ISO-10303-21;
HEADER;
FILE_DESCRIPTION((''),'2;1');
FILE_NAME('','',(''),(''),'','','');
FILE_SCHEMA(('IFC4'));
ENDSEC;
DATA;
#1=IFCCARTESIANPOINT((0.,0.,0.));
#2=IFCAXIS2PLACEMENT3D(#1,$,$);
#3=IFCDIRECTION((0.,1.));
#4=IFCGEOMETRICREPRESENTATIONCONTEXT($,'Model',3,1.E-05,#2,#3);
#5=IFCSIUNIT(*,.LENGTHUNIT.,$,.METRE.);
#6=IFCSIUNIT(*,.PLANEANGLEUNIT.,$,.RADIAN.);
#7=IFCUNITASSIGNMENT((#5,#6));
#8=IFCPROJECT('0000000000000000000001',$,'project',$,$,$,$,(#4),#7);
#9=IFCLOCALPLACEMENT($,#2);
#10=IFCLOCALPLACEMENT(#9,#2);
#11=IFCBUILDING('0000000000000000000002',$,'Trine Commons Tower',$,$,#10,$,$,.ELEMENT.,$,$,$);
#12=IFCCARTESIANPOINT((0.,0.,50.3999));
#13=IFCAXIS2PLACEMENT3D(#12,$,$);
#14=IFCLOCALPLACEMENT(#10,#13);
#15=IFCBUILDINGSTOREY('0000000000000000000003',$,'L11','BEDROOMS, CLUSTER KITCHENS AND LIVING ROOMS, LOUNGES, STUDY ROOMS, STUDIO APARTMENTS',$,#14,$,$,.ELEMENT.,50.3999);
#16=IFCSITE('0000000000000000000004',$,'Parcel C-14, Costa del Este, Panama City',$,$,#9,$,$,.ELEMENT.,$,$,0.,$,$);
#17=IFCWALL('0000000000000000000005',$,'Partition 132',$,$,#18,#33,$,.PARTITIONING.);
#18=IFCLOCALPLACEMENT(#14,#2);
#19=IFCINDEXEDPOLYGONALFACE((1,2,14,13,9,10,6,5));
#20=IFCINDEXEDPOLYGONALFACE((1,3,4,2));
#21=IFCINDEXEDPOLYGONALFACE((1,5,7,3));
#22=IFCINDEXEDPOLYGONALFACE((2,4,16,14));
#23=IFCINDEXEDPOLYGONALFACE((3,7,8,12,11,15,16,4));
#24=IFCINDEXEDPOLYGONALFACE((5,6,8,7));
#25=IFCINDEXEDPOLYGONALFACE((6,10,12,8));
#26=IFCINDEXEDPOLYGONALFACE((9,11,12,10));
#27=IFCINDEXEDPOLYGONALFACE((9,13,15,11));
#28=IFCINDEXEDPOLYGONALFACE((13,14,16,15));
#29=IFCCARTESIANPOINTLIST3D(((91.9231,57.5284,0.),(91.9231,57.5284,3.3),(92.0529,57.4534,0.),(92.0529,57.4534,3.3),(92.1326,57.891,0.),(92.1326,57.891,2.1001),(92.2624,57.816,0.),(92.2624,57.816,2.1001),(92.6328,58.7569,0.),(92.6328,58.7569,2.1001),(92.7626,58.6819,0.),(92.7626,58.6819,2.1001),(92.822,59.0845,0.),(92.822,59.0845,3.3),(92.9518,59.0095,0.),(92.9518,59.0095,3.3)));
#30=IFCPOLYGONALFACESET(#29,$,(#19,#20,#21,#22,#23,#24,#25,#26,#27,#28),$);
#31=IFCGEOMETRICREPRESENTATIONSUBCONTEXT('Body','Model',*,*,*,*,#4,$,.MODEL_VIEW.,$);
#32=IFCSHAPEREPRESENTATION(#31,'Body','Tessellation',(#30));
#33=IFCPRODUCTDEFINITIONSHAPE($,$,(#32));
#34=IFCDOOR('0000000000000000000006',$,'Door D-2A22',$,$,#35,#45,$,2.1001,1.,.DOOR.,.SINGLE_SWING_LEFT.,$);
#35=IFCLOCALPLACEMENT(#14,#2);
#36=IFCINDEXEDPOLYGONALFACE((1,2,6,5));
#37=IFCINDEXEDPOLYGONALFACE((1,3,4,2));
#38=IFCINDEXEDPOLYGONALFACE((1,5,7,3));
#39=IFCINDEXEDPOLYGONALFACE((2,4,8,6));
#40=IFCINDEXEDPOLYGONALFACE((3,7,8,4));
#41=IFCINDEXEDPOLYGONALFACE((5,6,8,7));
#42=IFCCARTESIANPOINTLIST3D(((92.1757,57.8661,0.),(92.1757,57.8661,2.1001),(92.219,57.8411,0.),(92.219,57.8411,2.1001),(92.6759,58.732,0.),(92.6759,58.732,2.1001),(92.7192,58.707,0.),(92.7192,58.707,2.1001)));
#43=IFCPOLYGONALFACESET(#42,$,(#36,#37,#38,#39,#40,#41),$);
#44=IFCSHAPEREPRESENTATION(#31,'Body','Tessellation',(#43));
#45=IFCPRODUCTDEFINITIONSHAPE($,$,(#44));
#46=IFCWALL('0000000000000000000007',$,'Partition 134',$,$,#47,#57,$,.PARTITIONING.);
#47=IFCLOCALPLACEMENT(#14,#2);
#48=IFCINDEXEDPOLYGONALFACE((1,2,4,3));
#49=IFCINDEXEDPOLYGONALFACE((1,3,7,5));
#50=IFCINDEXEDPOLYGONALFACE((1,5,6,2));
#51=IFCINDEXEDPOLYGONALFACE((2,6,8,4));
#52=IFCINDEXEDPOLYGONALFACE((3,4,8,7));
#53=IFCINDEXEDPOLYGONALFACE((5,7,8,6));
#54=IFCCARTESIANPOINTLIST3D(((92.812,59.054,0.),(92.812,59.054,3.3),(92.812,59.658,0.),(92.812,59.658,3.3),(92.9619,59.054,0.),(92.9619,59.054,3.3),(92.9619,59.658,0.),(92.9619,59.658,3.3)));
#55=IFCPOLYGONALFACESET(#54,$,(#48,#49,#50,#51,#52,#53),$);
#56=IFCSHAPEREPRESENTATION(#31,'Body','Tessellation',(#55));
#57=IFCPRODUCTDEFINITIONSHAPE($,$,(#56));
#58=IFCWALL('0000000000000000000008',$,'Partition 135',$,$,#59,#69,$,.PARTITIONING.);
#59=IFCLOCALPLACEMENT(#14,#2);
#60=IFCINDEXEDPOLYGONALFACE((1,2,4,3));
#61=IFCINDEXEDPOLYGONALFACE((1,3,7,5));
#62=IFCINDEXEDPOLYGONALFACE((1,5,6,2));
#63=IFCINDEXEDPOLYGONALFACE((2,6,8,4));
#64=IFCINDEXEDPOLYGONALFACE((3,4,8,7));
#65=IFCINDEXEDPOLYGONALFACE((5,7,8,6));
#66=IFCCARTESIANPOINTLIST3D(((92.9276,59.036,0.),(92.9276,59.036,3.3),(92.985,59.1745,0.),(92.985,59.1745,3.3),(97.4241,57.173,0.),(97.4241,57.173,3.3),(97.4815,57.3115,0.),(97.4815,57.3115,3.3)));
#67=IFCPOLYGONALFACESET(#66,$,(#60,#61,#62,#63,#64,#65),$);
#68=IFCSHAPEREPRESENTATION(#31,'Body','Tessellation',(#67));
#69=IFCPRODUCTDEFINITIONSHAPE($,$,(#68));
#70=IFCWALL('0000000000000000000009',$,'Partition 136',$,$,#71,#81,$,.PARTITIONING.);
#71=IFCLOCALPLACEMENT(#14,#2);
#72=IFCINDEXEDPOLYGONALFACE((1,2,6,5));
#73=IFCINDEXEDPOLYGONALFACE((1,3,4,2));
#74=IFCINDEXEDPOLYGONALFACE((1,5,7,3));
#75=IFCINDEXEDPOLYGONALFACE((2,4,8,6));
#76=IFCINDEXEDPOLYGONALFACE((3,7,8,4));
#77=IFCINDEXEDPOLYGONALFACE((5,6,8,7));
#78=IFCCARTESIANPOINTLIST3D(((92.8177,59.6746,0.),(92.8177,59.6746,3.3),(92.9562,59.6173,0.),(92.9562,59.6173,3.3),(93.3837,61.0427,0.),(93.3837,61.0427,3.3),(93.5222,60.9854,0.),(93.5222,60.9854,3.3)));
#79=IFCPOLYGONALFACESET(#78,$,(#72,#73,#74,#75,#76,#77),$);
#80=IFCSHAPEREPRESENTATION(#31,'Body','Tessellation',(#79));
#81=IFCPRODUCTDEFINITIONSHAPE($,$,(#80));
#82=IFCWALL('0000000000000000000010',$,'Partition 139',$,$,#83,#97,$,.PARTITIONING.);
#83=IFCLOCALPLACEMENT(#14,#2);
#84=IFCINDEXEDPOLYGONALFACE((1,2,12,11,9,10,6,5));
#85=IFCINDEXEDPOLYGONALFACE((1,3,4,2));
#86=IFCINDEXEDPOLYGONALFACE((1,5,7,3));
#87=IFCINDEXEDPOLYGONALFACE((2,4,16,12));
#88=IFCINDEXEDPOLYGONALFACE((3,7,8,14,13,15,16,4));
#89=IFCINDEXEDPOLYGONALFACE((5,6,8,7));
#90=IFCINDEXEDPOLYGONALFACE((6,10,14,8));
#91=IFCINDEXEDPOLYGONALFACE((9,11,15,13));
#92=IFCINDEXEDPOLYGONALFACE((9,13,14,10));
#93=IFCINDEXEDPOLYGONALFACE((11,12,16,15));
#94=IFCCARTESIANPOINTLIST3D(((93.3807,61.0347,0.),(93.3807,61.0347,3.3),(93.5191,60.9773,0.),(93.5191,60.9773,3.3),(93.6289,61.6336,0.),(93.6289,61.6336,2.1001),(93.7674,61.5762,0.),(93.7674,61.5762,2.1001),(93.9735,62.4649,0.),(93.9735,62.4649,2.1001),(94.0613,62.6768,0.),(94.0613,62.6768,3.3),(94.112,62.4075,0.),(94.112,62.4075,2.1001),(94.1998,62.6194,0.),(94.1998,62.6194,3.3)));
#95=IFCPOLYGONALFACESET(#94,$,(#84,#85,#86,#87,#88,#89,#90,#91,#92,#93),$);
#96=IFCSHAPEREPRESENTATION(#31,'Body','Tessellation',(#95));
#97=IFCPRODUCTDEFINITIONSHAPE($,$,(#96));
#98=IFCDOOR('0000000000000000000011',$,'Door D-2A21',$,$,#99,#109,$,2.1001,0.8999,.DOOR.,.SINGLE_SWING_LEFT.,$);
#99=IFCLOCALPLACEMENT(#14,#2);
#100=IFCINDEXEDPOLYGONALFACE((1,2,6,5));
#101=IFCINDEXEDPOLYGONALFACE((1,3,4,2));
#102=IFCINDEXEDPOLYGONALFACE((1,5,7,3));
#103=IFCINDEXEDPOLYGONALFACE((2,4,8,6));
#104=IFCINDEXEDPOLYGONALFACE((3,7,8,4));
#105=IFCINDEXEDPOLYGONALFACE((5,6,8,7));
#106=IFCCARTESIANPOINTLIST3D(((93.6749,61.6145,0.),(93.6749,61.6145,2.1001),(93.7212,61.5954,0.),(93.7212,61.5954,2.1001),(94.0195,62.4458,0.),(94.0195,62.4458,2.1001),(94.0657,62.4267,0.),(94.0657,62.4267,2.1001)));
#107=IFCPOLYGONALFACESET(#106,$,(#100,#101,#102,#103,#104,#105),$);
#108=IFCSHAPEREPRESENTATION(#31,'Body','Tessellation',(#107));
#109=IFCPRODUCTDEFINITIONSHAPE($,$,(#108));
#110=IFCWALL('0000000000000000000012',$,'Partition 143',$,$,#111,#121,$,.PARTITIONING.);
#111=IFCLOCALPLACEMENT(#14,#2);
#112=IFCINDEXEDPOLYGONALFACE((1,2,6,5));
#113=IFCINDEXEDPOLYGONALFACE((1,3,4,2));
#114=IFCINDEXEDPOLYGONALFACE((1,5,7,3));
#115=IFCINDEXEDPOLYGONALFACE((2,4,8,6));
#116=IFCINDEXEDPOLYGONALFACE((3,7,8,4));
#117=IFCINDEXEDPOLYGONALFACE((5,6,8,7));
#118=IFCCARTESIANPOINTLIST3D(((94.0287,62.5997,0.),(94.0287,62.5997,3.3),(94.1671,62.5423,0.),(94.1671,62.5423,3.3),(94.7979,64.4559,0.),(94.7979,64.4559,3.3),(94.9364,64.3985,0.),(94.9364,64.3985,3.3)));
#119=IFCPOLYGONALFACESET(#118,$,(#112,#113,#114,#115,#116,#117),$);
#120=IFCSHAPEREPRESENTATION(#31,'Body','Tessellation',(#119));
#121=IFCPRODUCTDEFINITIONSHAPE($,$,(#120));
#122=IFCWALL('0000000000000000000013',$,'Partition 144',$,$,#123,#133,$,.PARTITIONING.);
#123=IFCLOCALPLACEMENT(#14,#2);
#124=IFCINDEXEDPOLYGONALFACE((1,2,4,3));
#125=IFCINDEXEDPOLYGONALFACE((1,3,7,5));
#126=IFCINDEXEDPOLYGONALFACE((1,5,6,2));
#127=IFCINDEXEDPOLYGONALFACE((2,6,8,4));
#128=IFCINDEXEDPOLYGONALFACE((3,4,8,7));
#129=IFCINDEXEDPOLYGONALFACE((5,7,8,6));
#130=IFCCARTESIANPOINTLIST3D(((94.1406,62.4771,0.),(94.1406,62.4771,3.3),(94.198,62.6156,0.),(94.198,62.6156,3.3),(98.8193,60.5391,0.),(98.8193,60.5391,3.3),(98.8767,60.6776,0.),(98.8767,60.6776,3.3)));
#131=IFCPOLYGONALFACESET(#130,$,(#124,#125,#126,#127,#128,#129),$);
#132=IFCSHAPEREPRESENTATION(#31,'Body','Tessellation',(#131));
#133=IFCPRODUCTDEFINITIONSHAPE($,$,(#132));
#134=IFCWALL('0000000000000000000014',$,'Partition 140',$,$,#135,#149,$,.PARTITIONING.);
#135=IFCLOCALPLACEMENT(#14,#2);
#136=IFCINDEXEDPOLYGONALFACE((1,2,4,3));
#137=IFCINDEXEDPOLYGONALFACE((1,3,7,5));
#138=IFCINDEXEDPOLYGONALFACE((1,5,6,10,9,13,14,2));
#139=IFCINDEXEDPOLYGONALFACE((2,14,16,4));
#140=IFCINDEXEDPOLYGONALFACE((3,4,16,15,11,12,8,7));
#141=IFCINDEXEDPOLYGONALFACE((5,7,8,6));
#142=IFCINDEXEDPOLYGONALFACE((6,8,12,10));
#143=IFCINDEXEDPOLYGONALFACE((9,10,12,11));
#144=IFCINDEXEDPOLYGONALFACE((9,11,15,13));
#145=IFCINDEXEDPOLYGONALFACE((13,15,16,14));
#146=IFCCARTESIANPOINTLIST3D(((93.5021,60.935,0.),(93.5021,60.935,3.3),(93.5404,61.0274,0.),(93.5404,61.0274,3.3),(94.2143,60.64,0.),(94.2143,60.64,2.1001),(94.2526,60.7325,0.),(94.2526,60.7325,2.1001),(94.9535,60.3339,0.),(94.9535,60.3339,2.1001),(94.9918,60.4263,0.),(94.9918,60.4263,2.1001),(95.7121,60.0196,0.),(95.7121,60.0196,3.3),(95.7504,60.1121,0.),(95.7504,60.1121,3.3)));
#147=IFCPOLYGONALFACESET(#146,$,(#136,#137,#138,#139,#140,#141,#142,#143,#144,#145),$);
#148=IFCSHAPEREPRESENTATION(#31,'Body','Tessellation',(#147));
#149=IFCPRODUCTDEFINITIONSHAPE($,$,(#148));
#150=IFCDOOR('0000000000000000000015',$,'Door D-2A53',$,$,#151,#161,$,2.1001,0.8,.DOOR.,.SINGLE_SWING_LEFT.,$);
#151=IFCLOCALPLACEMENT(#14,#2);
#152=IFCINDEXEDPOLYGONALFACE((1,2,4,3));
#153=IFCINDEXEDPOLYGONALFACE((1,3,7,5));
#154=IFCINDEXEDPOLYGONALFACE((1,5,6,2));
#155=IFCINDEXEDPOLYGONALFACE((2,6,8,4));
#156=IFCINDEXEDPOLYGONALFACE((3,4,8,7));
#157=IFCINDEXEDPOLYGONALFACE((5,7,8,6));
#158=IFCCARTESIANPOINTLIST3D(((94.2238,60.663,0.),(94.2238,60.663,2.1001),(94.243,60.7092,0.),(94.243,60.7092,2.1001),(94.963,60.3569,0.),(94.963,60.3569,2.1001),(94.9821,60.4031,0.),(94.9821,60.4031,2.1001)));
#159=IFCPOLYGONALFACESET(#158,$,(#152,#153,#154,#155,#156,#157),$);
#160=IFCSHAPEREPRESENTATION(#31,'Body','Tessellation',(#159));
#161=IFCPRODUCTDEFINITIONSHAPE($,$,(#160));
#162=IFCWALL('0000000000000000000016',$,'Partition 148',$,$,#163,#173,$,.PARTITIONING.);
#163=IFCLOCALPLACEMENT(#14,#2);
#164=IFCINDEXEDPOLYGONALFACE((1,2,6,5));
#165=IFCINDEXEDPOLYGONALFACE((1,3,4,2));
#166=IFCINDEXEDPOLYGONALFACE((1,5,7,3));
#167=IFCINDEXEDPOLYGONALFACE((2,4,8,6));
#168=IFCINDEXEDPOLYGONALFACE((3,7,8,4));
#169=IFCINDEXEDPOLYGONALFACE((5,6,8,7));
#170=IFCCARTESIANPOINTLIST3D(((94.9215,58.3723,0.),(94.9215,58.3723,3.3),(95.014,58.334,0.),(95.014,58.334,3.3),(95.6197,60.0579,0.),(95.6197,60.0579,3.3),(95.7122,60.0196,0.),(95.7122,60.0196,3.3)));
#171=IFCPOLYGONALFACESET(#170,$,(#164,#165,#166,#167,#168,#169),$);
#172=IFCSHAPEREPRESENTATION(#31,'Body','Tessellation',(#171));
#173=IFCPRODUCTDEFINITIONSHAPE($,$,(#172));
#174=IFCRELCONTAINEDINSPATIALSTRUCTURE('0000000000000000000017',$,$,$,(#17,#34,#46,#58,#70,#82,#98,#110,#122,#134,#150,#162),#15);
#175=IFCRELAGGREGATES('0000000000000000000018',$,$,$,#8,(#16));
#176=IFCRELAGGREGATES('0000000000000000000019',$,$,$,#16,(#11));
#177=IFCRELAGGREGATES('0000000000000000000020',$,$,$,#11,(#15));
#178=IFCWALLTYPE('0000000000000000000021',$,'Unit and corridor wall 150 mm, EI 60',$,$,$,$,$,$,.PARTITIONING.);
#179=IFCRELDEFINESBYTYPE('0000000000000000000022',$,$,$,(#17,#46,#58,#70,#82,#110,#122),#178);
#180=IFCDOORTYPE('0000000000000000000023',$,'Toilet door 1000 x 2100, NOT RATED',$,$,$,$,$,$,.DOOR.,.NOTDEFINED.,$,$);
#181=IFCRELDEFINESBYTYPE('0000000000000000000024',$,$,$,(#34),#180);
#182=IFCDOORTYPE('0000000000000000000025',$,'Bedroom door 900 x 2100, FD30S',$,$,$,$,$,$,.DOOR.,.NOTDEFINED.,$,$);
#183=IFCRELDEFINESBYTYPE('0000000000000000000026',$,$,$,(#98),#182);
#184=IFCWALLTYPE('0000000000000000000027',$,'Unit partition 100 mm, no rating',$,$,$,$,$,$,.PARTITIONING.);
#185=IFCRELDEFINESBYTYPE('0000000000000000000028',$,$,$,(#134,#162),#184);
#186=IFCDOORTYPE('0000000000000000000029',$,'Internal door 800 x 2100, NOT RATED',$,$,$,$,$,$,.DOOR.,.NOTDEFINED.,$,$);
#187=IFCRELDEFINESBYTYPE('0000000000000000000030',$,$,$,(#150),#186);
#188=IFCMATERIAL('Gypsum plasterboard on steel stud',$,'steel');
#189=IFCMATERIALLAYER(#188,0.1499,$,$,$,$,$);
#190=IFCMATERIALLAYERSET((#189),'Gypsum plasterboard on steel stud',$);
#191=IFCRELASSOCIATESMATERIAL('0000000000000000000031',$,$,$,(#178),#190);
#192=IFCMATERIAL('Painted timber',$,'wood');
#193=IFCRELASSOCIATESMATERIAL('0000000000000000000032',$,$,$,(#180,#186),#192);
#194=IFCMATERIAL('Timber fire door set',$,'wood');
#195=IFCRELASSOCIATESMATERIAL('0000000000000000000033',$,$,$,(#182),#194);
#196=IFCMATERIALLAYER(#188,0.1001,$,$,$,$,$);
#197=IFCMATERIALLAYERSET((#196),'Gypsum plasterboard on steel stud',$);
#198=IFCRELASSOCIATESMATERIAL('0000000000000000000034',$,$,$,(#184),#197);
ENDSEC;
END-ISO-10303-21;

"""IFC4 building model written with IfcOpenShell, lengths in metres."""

from ifc_helpers import new_model, si_unit, direction, frame, frame_2d, origin, place, context, subcontext, project, spatial, rectangle, extrude, material, layer, layer_set, type_object, element, fill, save


model = new_model("IFC4")

# Units and contexts
model_context = context("Model", 3, precision=1e-05, world=origin(), true_north=direction((0.0, 1.0)))
body_context = subcontext(model_context, "Body", "Model", "MODEL_VIEW")
ifc_project = project(units=[si_unit("LENGTHUNIT", "METRE"), si_unit("PLANEANGLEUNIT", "RADIAN")], contexts=[model_context])

# Site, building, storey
site_placement = place(None, origin())
site = spatial("IfcSite", under=ifc_project, at=site_placement, Name="Parcel C-14, Costa del Este, Panama City", CompositionType="ELEMENT", RefElevation=0.0)
building_placement = place(site_placement, origin())
building = spatial("IfcBuilding", under=site, at=building_placement, Name="Trine Commons Tower", CompositionType="ELEMENT")
storey_placement = place(building_placement, frame((0.0, 0.0, 50.3999)))
storey = spatial("IfcBuildingStorey", under=building, at=storey_placement, Name="L11", Description="BEDROOMS, CLUSTER KITCHENS AND LIVING ROOMS, LOUNGES, STUDY ROOMS, STUDIO APARTMENTS", CompositionType="ELEMENT", Elevation=50.3999)

# Shared definitions
ifc_material_1 = material(Name="Gypsum plasterboard on steel stud", Category="steel")
ifc_layer_1 = layer(ifc_material_1, 0.1499)
ifc_layer_set_1 = layer_set([ifc_layer_1], Name="Gypsum plasterboard on steel stud")
wall_type_1 = type_object("IfcWallType", Name="Unit and corridor wall 150 mm, EI 60", PredefinedType="PARTITIONING", material=ifc_layer_set_1)

# Wall, opening, door
wall_1_placement = place(storey_placement, frame((91.988, 57.491, 0.0), z_axis=(0.0, 0.0, 1.0), x_axis=(0.500201, 0.86591, 0.0)))
wall_1 = element("IfcWall", 1, at=wall_1_placement, inside=storey, type_object=wall_type_1, Name="Partition 132", PredefinedType="PARTITIONING", context=body_context, shape_type="SweptSolid", body=[
    extrude(rectangle(XDim=1.7971, YDim=0.1499, at=frame_2d((0.8984, 0.0))), origin(), (0.0, 0.0, 1.0), 3.3),
])
opening_1_placement = place(wall_1_placement, frame((0.4187, 0.0, 0.0)))
opening_1 = element("IfcOpeningElement", 2, at=opening_1_placement, cuts=wall_1, PredefinedType="OPENING", context=body_context, shape_type="SweptSolid", body=[
    extrude(rectangle(XDim=1.0, YDim=2.1001, at=frame_2d((0.5, 1.05))), frame((0.0, 0.085, 0.0), z_axis=(0.0, -1.0, 0.0), x_axis=(1.0, 0.0, 0.0)), (0.0, 0.0, 1.0), 0.1699),
])
ifc_material_2 = material(Name="Painted timber", Category="wood")
door_type_1 = type_object("IfcDoorType", Name="Toilet door 1000 x 2100, NOT RATED", OperationType="NOTDEFINED", PredefinedType="DOOR", material=ifc_material_2)
door_1_placement = place(opening_1_placement, frame((1.0, 0.0, 0.0), z_axis=(0.0, 0.0, 1.0), x_axis=(-1.0, 0.0, 0.0)))
door_1 = element("IfcDoor", 3, at=door_1_placement, inside=storey, type_object=door_type_1, Name="Door D-2A22", OperationType="SINGLE_SWING_LEFT", OverallHeight=2.1001, OverallWidth=1.0, PredefinedType="DOOR", context=body_context, shape_type="SweptSolid", body=[
    extrude(rectangle(XDim=1.0, YDim=2.1001, at=frame_2d((0.5, 1.05))), frame((0.0, 0.0249, 0.0), z_axis=(0.0, -1.0, 0.0), x_axis=(1.0, 0.0, 0.0)), (0.0, 0.0, 1.0), 0.05),
])
fill(opening_1, door_1)

# Walls
wall_2_placement = place(storey_placement, frame((92.887, 59.054, 0.0), z_axis=(0.0, 0.0, 1.0), x_axis=(0.0, 1.0, 0.0)))
element("IfcWall", 4, at=wall_2_placement, inside=storey, type_object=wall_type_1, Name="Partition 134", PredefinedType="PARTITIONING", context=body_context, shape_type="SweptSolid", body=[
    extrude(rectangle(XDim=0.604, YDim=0.1499, at=frame_2d((0.302, 0.0))), origin(), (0.0, 0.0, 1.0), 3.3),
])
wall_3_placement = place(storey_placement, frame((92.9563, 59.1052, 0.0), z_axis=(0.0, 0.0, 1.0), x_axis=(0.923844, -0.38277, 0.0)))
element("IfcWall", 5, at=wall_3_placement, inside=storey, type_object=wall_type_1, Name="Partition 135", PredefinedType="PARTITIONING", context=body_context, shape_type="SweptSolid", body=[
    extrude(rectangle(XDim=4.8672, YDim=0.1499, at=frame_2d((2.4336, 0.0))), origin(), (0.0, 0.0, 1.0), 3.3),
])
wall_4_placement = place(storey_placement, frame((92.887, 59.646, 0.0), z_axis=(0.0, 0.0, 1.0), x_axis=(0.382284, 0.924045, 0.0)))
element("IfcWall", 6, at=wall_4_placement, inside=storey, type_object=wall_type_1, Name="Partition 136", PredefinedType="PARTITIONING", context=body_context, shape_type="SweptSolid", body=[
    extrude(rectangle(XDim=1.4805, YDim=0.1499, at=frame_2d((0.7402, 0.0))), origin(), (0.0, 0.0, 1.0), 3.3),
])

# Wall, opening, door
wall_5_placement = place(storey_placement, frame((93.45, 61.0061, 0.0), z_axis=(0.0, 0.0, 1.0), x_axis=(0.382918, 0.923782, 0.0)))
wall_5 = element("IfcWall", 7, at=wall_5_placement, inside=storey, type_object=wall_type_1, Name="Partition 139", PredefinedType="PARTITIONING", context=body_context, shape_type="SweptSolid", body=[
    extrude(rectangle(XDim=1.7776, YDim=0.1499, at=frame_2d((0.8887, 0.0))), origin(), (0.0, 0.0, 1.0), 3.3),
])
opening_2_placement = place(wall_5_placement, frame((0.6482, 0.0, 0.0)))
opening_2 = element("IfcOpeningElement", 8, at=opening_2_placement, cuts=wall_5, PredefinedType="OPENING", context=body_context, shape_type="SweptSolid", body=[
    extrude(rectangle(XDim=0.8999, YDim=2.1001, at=frame_2d((0.45, 1.05))), frame((0.0, 0.085, 0.0), z_axis=(0.0, -1.0, 0.0), x_axis=(1.0, 0.0, 0.0)), (0.0, 0.0, 1.0), 0.1699),
])
ifc_material_3 = material(Name="Timber fire door set", Category="wood")
door_type_2 = type_object("IfcDoorType", Name="Bedroom door 900 x 2100, FD30S", OperationType="NOTDEFINED", PredefinedType="DOOR", material=ifc_material_3)
door_2_placement = place(opening_2_placement, frame((0.8999, 0.0, 0.0), z_axis=(0.0, 0.0, 1.0), x_axis=(-1.0, 0.0, 0.0)))
door_2 = element("IfcDoor", 9, at=door_2_placement, inside=storey, type_object=door_type_2, Name="Door D-2A21", OperationType="SINGLE_SWING_LEFT", OverallHeight=2.1001, OverallWidth=0.8999, PredefinedType="DOOR", context=body_context, shape_type="SweptSolid", body=[
    extrude(rectangle(XDim=0.8999, YDim=2.1001, at=frame_2d((0.45, 1.05))), frame((0.0, 0.0249, 0.0), z_axis=(0.0, -1.0, 0.0), x_axis=(1.0, 0.0, 0.0)), (0.0, 0.0, 1.0), 0.05),
])
fill(opening_2, door_2)

# Walls
wall_6_placement = place(storey_placement, frame((94.0979, 62.571, 0.0), z_axis=(0.0, 0.0, 1.0), x_axis=(0.382863, 0.923805, 0.0)))
element("IfcWall", 10, at=wall_6_placement, inside=storey, type_object=wall_type_1, Name="Partition 143", PredefinedType="PARTITIONING", context=body_context, shape_type="SweptSolid", body=[
    extrude(rectangle(XDim=2.0093, YDim=0.1499, at=frame_2d((1.0046, 0.0))), origin(), (0.0, 0.0, 1.0), 3.3),
])
wall_7_placement = place(storey_placement, frame((94.1692, 62.5464, 0.0), z_axis=(0.0, 0.0, 1.0), x_axis=(0.923879, -0.382684, 0.0)))
element("IfcWall", 11, at=wall_7_placement, inside=storey, type_object=wall_type_1, Name="Partition 144", PredefinedType="PARTITIONING", context=body_context, shape_type="SweptSolid", body=[
    extrude(rectangle(XDim=5.0642, YDim=0.1499, at=frame_2d((2.5322, 0.0))), origin(), (0.0, 0.0, 1.0), 3.3),
])

# Wall, opening, door
ifc_layer_2 = layer(ifc_material_1, 0.1001)
ifc_layer_set_2 = layer_set([ifc_layer_2], Name="Gypsum plasterboard on steel stud")
wall_type_2 = type_object("IfcWallType", Name="Unit partition 100 mm, no rating", PredefinedType="PARTITIONING", material=ifc_layer_set_2)
wall_8_placement = place(storey_placement, frame((93.5212, 60.9812, 0.0), z_axis=(0.0, 0.0, 1.0), x_axis=(0.923896, -0.382643, 0.0)))
wall_8 = element("IfcWall", 12, at=wall_8_placement, inside=storey, type_object=wall_type_2, Name="Partition 140", PredefinedType="PARTITIONING", context=body_context, shape_type="SweptSolid", body=[
    extrude(rectangle(XDim=2.3921, YDim=0.1001, at=frame_2d((1.196, 0.0))), origin(), (0.0, 0.0, 1.0), 3.3),
])
opening_3_placement = place(wall_8_placement, frame((0.771, 0.0, 0.0)))
opening_3 = element("IfcOpeningElement", 13, at=opening_3_placement, cuts=wall_8, PredefinedType="OPENING", context=body_context, shape_type="SweptSolid", body=[
    extrude(rectangle(XDim=0.8, YDim=2.1001, at=frame_2d((0.3999, 1.05))), frame((0.0, 0.0601, 0.0), z_axis=(0.0, -1.0, 0.0), x_axis=(1.0, 0.0, 0.0)), (0.0, 0.0, 1.0), 0.1201),
])
door_type_3 = type_object("IfcDoorType", Name="Internal door 800 x 2100, NOT RATED", OperationType="NOTDEFINED", PredefinedType="DOOR", material=ifc_material_2)
door_3_placement = place(opening_3_placement, origin())
door_3 = element("IfcDoor", 14, at=door_3_placement, inside=storey, type_object=door_type_3, Name="Door D-2A53", OperationType="SINGLE_SWING_LEFT", OverallHeight=2.1001, OverallWidth=0.8, PredefinedType="DOOR", context=body_context, shape_type="SweptSolid", body=[
    extrude(rectangle(XDim=0.8, YDim=2.1001, at=frame_2d((0.3999, 1.05))), frame((0.0, 0.0249, 0.0), z_axis=(0.0, -1.0, 0.0), x_axis=(1.0, 0.0, 0.0)), (0.0, 0.0, 1.0), 0.05),
])
fill(opening_3, door_3)

# Wall
wall_9_placement = place(storey_placement, frame((94.9678, 58.3533, 0.0), z_axis=(0.0, 0.0, 1.0), x_axis=(0.382714, 0.923867, 0.0)))
element("IfcWall", 15, at=wall_9_placement, inside=storey, type_object=wall_type_2, Name="Partition 148", PredefinedType="PARTITIONING", context=body_context, shape_type="SweptSolid", body=[
    extrude(rectangle(XDim=1.8245, YDim=0.1001, at=frame_2d((0.9121, 0.0))), origin(), (0.0, 0.0, 1.0), 3.3),
])

save(model, "model.ifc")
